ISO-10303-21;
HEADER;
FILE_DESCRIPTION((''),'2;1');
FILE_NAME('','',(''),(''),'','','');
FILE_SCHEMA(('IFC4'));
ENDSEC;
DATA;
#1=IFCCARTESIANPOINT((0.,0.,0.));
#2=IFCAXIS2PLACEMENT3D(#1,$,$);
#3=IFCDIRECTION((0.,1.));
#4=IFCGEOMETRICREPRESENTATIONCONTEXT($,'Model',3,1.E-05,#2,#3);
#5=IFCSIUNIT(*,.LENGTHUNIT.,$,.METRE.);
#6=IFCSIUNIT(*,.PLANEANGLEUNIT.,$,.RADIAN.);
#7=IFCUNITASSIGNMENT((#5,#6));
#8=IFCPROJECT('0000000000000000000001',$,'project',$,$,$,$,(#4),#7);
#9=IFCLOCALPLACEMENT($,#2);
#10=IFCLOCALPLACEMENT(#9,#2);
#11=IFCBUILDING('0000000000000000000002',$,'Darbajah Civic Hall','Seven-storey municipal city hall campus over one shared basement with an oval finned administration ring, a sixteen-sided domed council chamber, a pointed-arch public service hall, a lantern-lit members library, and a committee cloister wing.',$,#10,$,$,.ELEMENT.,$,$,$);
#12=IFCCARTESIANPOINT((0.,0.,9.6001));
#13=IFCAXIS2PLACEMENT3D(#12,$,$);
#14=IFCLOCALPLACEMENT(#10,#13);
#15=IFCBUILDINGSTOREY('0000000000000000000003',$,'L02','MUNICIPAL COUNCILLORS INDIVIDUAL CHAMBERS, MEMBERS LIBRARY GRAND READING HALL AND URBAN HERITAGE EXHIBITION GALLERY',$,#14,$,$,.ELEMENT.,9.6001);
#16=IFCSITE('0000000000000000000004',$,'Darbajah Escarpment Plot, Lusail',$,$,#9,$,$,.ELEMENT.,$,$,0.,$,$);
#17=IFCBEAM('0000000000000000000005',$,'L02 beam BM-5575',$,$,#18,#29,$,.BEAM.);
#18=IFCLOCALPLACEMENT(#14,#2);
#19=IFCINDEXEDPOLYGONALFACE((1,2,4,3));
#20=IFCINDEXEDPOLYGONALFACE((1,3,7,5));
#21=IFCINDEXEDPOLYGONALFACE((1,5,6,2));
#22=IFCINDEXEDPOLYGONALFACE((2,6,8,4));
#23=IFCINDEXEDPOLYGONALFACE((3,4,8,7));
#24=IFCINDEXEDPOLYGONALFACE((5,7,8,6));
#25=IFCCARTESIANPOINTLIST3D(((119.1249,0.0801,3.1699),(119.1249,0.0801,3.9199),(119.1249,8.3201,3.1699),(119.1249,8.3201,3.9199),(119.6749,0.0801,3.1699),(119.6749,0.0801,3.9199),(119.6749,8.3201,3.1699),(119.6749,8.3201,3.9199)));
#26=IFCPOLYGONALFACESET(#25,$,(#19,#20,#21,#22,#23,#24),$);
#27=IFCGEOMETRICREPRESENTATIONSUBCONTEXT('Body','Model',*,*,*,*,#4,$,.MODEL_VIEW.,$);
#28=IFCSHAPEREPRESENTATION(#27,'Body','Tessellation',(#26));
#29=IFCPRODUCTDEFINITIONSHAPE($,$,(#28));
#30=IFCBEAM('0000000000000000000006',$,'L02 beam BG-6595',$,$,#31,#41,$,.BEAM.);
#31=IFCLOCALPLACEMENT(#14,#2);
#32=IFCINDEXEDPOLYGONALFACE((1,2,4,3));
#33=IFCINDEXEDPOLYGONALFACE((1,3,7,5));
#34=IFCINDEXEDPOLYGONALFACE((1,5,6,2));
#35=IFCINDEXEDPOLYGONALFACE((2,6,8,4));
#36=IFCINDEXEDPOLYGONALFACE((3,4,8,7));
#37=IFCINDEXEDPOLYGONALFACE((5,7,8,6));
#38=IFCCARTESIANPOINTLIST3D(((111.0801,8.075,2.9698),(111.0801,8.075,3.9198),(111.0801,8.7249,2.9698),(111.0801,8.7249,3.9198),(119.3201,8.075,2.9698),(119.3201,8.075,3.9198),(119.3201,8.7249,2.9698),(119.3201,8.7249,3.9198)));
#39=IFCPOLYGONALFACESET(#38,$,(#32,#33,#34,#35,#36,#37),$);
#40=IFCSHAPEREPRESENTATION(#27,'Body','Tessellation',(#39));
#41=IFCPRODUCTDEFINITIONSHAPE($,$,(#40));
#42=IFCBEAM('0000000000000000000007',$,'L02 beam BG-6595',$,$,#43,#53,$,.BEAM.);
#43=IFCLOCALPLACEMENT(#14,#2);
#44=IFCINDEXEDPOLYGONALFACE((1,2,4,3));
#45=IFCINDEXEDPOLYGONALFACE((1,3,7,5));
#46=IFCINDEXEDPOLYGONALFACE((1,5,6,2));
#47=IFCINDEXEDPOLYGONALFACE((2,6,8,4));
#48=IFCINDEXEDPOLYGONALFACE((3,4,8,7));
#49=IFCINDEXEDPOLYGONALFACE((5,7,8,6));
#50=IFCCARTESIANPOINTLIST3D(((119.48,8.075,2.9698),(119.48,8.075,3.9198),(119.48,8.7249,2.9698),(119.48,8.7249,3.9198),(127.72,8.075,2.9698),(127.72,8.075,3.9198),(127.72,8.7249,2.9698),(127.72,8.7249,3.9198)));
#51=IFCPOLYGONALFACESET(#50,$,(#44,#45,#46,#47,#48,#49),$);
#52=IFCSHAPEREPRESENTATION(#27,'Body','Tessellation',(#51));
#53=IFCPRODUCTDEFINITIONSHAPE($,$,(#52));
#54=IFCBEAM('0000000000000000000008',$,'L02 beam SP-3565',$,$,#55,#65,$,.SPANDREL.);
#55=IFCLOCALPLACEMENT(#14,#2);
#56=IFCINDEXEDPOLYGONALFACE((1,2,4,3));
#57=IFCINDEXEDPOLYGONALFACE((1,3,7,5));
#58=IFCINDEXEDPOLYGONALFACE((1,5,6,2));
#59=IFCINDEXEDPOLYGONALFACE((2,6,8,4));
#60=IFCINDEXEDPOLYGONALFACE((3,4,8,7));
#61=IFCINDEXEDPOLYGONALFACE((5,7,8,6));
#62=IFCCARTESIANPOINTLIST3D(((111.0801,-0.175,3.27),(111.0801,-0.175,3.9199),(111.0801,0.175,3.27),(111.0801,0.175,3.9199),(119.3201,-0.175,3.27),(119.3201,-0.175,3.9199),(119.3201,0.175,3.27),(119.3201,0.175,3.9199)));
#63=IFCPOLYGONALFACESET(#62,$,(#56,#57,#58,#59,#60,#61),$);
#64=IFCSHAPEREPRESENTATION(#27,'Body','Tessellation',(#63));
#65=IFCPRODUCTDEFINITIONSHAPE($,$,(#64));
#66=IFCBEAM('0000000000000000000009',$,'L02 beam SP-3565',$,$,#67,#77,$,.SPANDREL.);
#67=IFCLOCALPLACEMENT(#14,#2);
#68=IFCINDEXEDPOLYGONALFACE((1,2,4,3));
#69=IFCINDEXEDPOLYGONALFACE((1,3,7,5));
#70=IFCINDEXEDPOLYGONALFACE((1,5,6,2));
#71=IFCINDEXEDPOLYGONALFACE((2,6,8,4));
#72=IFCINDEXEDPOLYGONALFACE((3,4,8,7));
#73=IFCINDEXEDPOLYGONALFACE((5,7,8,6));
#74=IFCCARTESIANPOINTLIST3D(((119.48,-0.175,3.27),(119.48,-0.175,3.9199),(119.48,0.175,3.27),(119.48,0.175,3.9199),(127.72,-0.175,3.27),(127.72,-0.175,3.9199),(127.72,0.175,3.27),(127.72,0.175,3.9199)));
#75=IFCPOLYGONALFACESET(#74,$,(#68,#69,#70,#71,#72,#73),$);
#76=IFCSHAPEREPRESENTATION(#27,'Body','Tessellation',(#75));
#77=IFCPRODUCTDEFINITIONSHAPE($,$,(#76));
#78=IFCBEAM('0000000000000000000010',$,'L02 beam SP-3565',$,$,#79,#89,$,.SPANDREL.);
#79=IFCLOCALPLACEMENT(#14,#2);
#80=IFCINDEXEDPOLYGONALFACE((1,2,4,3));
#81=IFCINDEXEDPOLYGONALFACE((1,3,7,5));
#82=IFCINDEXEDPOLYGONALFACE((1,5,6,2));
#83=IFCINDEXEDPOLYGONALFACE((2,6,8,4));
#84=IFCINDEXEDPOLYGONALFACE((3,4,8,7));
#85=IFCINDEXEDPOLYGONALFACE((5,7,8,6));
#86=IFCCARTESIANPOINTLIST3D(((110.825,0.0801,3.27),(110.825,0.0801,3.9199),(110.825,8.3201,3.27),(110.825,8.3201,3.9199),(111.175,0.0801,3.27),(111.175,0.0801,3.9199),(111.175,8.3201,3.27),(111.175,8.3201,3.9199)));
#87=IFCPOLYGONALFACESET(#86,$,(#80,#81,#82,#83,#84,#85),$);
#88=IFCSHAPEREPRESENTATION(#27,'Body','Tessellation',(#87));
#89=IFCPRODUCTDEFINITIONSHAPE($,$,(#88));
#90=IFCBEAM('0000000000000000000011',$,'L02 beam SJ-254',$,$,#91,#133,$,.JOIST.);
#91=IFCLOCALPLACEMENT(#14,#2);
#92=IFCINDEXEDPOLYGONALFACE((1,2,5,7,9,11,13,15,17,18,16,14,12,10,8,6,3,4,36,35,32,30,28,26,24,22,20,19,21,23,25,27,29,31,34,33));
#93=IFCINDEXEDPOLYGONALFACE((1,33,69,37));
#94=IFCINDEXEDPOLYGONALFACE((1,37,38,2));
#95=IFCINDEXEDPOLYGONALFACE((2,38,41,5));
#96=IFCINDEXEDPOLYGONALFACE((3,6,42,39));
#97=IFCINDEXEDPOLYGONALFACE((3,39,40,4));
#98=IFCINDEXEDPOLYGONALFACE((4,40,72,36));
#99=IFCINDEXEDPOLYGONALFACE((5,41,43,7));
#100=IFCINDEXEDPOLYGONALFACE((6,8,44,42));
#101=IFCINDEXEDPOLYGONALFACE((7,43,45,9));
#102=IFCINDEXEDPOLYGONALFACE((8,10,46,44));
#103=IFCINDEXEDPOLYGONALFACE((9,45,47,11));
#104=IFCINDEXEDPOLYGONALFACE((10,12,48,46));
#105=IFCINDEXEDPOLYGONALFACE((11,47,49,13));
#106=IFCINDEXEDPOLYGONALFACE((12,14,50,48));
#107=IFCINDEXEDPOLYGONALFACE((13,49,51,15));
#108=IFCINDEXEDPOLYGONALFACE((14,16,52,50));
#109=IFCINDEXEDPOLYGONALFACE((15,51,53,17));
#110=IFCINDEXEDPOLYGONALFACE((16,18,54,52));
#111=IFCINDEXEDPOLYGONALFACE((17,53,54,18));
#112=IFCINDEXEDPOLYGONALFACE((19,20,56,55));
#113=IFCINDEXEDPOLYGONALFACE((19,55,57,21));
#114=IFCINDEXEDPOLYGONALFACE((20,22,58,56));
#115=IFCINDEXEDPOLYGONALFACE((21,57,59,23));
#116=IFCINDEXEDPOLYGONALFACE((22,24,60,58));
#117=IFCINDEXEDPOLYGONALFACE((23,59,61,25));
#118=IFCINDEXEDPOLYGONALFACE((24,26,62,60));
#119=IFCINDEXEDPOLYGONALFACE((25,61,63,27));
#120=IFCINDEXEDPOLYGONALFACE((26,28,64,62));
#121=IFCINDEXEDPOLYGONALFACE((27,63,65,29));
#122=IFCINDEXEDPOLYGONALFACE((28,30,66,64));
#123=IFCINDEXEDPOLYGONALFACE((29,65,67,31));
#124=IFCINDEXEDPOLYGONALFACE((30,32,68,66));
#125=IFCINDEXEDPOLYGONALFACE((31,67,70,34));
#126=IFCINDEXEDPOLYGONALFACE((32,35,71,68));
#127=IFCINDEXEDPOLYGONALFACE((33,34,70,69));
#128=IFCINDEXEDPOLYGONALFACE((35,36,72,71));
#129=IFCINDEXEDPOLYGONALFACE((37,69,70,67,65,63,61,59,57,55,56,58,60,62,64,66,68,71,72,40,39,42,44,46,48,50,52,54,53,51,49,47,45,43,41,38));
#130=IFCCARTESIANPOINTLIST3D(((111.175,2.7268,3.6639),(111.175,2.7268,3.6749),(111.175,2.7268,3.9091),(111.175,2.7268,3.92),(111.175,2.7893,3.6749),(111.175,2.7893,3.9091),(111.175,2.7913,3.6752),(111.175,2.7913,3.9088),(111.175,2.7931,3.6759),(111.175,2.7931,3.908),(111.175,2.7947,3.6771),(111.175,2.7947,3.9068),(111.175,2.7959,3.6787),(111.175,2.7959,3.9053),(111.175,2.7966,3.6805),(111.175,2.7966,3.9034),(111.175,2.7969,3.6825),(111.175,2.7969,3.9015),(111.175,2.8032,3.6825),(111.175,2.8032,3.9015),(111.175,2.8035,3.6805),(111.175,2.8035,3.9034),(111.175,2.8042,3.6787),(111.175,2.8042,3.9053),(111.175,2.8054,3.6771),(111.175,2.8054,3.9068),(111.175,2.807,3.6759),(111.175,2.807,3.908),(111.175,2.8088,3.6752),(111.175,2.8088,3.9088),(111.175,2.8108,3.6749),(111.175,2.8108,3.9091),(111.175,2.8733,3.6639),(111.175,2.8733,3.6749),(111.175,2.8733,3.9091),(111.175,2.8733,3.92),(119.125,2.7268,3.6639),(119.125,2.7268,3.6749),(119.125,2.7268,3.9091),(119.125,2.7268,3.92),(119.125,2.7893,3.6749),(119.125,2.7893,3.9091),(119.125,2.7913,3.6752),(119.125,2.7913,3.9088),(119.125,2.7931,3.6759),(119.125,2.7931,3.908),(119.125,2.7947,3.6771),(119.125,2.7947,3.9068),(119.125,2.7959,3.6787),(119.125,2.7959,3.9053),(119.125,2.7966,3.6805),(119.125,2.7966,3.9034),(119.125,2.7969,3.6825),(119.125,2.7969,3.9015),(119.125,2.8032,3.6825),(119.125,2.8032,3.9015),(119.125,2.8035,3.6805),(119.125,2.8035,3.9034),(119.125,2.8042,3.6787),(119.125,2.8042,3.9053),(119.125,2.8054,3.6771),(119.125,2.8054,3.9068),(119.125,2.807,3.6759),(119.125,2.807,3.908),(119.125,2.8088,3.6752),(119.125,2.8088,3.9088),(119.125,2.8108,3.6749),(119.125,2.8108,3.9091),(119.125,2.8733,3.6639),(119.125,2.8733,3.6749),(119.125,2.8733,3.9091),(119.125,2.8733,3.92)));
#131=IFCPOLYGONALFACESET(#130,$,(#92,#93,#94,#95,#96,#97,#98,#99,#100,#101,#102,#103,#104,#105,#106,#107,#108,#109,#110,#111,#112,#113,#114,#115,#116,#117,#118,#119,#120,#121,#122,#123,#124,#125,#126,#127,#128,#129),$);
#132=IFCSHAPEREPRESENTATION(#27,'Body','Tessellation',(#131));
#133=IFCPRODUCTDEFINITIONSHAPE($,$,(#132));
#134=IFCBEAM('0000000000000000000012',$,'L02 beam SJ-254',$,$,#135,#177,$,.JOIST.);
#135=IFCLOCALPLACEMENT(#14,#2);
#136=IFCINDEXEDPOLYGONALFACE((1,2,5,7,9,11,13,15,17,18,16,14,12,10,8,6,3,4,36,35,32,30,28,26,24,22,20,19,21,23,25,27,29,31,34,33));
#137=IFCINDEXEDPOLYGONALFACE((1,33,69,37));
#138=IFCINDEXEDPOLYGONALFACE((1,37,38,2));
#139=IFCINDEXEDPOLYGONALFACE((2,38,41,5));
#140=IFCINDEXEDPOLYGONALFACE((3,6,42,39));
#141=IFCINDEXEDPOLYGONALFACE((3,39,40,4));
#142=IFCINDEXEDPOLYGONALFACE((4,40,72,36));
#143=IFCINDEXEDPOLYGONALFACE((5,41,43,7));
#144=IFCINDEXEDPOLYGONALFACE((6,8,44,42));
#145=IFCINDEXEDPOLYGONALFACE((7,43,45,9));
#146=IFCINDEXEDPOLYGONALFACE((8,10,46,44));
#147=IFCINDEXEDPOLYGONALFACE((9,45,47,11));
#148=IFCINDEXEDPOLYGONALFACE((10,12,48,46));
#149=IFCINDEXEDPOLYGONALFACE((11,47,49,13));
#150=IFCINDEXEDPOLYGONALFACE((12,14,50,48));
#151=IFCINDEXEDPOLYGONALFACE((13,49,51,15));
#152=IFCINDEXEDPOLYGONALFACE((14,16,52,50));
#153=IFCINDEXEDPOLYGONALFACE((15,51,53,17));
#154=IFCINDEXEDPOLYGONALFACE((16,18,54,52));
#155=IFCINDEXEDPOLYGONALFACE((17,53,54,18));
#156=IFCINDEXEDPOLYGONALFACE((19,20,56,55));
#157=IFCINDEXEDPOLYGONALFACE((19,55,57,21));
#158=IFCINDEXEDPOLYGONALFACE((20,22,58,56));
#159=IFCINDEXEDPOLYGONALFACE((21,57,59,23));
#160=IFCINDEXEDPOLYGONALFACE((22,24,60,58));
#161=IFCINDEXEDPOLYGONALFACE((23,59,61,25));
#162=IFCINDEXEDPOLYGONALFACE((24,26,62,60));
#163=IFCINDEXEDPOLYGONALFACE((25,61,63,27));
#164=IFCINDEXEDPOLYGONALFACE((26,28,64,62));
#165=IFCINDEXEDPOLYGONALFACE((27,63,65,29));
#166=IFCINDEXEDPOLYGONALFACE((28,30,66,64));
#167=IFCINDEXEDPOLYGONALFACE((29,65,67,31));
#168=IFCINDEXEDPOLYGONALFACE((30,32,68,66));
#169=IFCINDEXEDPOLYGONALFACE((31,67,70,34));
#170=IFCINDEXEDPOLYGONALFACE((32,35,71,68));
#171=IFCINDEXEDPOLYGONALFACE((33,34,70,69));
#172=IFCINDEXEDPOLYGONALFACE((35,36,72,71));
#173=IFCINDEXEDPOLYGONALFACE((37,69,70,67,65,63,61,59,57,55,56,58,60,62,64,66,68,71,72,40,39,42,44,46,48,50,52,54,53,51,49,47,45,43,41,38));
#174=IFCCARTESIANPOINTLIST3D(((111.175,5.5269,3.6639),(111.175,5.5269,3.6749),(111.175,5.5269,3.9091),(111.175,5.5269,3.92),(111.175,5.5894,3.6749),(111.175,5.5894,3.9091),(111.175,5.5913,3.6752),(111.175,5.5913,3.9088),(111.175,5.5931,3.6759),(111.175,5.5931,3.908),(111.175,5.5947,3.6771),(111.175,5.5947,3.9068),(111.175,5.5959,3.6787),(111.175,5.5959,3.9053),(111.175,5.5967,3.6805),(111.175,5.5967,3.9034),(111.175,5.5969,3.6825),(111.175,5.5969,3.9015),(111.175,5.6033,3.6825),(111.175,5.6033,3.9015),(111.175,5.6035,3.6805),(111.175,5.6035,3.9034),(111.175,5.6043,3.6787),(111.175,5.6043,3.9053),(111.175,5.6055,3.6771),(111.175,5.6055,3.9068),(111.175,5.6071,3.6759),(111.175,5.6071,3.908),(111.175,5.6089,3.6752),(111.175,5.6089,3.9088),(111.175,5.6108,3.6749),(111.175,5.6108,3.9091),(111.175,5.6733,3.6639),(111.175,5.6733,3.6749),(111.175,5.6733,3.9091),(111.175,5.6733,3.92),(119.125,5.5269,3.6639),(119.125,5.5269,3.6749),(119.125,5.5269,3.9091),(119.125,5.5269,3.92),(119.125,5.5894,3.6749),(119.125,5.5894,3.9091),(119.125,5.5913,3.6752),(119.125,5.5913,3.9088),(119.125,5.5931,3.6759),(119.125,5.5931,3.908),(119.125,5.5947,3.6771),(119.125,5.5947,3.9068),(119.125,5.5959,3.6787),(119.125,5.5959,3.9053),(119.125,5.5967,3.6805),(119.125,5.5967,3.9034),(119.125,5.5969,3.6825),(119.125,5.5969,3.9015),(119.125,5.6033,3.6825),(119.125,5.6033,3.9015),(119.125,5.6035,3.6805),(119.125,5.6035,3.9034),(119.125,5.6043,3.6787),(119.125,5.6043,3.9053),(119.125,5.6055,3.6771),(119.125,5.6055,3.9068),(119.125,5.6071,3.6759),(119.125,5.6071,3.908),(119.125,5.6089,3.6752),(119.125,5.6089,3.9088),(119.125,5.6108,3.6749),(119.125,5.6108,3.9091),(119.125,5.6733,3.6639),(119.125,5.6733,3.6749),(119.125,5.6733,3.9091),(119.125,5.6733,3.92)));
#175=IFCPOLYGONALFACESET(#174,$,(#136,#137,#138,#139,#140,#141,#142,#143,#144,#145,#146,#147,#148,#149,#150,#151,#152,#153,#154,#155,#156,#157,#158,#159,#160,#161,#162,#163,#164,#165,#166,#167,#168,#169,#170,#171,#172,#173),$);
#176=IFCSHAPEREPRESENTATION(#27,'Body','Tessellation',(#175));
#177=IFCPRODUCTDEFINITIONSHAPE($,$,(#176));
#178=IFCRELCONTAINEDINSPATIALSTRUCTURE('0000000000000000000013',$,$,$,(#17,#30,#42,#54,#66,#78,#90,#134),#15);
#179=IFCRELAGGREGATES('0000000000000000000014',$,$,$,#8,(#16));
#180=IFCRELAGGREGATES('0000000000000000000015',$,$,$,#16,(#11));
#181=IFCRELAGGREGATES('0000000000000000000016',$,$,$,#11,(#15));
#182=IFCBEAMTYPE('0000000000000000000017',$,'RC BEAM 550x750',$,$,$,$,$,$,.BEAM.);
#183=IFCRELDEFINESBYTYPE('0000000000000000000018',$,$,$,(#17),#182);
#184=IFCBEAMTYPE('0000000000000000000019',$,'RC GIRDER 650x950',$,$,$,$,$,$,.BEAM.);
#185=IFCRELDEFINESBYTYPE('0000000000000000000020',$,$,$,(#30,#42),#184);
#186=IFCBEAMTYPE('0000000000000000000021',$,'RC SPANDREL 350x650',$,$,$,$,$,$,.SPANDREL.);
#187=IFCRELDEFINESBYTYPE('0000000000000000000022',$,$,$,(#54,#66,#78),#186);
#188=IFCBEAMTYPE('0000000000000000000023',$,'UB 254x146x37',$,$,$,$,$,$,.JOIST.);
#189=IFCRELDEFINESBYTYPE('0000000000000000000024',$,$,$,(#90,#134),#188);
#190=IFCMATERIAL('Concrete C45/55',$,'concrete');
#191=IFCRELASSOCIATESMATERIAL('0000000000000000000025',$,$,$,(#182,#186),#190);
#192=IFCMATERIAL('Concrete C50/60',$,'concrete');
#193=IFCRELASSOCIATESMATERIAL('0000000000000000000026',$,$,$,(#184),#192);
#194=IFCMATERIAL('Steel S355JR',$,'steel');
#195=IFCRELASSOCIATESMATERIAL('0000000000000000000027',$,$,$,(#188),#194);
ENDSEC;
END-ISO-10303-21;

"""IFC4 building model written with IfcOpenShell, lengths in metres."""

from ifc_helpers import new_model, si_unit, direction, frame, origin, origin_2d, place, context, subcontext, project, spatial, rectangle, i_section, extrude, material, material_profile, profile_set, type_object, element, save


model = new_model("IFC4")

# Units and contexts
model_context = context("Model", 3, precision=1e-05, world=origin(), true_north=direction((0.0, 1.0)))
body_context = subcontext(model_context, "Body", "Model", "MODEL_VIEW")
ifc_project = project(units=[si_unit("LENGTHUNIT", "METRE"), si_unit("PLANEANGLEUNIT", "RADIAN")], contexts=[model_context])

# Site, building, storey
site_placement = place(None, origin())
site = spatial("IfcSite", under=ifc_project, at=site_placement, Name="Darbajah Escarpment Plot, Lusail", CompositionType="ELEMENT", RefElevation=0.0)
building_placement = place(site_placement, origin())
building = spatial("IfcBuilding", under=site, at=building_placement, Name="Darbajah Civic Hall", Description="Seven-storey municipal city hall campus over one shared basement with an oval finned administration ring, a sixteen-sided domed council chamber, a pointed-arch public service hall, a lantern-lit members library, and a committee cloister wing.", CompositionType="ELEMENT")
storey_placement = place(building_placement, frame((0.0, 0.0, 9.6001)))
storey = spatial("IfcBuildingStorey", under=building, at=storey_placement, Name="L02", Description="MUNICIPAL COUNCILLORS INDIVIDUAL CHAMBERS, MEMBERS LIBRARY GRAND READING HALL AND URBAN HERITAGE EXHIBITION GALLERY", CompositionType="ELEMENT", Elevation=9.6001)

# Shared definitions
ifc_material_1 = material(Name="Concrete C45/55", Category="concrete")
ifc_material_2 = material(Name="Steel S355JR", Category="steel")

# Beams
ifc_material_profile_1 = material_profile(ifc_material_1, rectangle(XDim=0.55, YDim=0.75, at=origin_2d()), Name="RC BEAM 550x750")
ifc_profile_set_1 = profile_set([ifc_material_profile_1], Name="Concrete C45/55")
beam_type_1 = type_object("IfcBeamType", Name="RC BEAM 550x750", PredefinedType="BEAM", material=ifc_profile_set_1)
beam_placement = place(storey_placement, frame((119.3999, 0.0801, 3.5449), z_axis=(0.0, 1.0, 0.0), x_axis=(-1.0, 0.0, 0.0)))
element("IfcBeam", 1, at=beam_placement, inside=storey, type_object=beam_type_1, Name="L02 beam BM-5575", PredefinedType="BEAM", context=body_context, shape_type="SweptSolid", body=[
    extrude(rectangle(XDim=0.55, YDim=0.75, at=origin_2d()), origin(), (0.0, 0.0, 1.0), 8.24),
])
ifc_material_3 = material(Name="Concrete C50/60", Category="concrete")
ifc_material_profile_2 = material_profile(ifc_material_3, rectangle(XDim=0.6499, YDim=0.95, at=origin_2d()), Name="RC GIRDER 650x950")
ifc_profile_set_2 = profile_set([ifc_material_profile_2], Name="Concrete C50/60")
beam_type_2 = type_object("IfcBeamType", Name="RC GIRDER 650x950", PredefinedType="BEAM", material=ifc_profile_set_2)
for number, where, z_axis, x_axis, name in (
    (2, (111.0801, 8.3999, 3.4448), (1.0, 0.0, 0.0), (0.0, 1.0, 0.0), "L02 beam BG-6595"),
    (3, (119.48, 8.3999, 3.4448), (1.0, 0.0, 0.0), (0.0, 1.0, 0.0), "L02 beam BG-6595"),
):
    element("IfcBeam", number, at=place(storey_placement, frame(where, z_axis=z_axis, x_axis=x_axis)), inside=storey, type_object=beam_type_2, Name=name, PredefinedType="BEAM", context=body_context, shape_type="SweptSolid", body=[
        extrude(rectangle(XDim=0.6499, YDim=0.95, at=origin_2d()), origin(), (0.0, 0.0, 1.0), 8.24),
    ])
ifc_material_profile_3 = material_profile(ifc_material_1, rectangle(XDim=0.3501, YDim=0.6499, at=origin_2d()), Name="RC SPANDREL 350x650")
ifc_profile_set_3 = profile_set([ifc_material_profile_3], Name="Concrete C45/55")
beam_type_3 = type_object("IfcBeamType", Name="RC SPANDREL 350x650", PredefinedType="SPANDREL", material=ifc_profile_set_3)
for number, where, z_axis, x_axis, name in (
    (4, (111.0801, 0.0, 3.595), (1.0, 0.0, 0.0), (0.0, 1.0, 0.0), "L02 beam SP-3565"),
    (5, (119.48, 0.0, 3.595), (1.0, 0.0, 0.0), (0.0, 1.0, 0.0), "L02 beam SP-3565"),
    (6, (111.0, 0.0801, 3.595), (0.0, 1.0, 0.0), (-1.0, 0.0, 0.0), "L02 beam SP-3565"),
):
    element("IfcBeam", number, at=place(storey_placement, frame(where, z_axis=z_axis, x_axis=x_axis)), inside=storey, type_object=beam_type_3, Name=name, PredefinedType="SPANDREL", context=body_context, shape_type="SweptSolid", body=[
        extrude(rectangle(XDim=0.3501, YDim=0.6499, at=origin_2d()), origin(), (0.0, 0.0, 1.0), 8.24),
    ])
ifc_material_profile_4 = material_profile(ifc_material_2, i_section(OverallWidth=0.1465, OverallDepth=0.2561, WebThickness=0.0063, FlangeThickness=0.011, FilletRadius=0.0076, at=origin_2d()), Name="UB 254x146x37")
ifc_profile_set_4 = profile_set([ifc_material_profile_4], Name="Steel S355JR")
beam_type_4 = type_object("IfcBeamType", Name="UB 254x146x37", PredefinedType="JOIST", material=ifc_profile_set_4)
for number, where, z_axis, x_axis, name in (
    (7, (111.175, 2.8, 3.792), (1.0, 0.0, 0.0), (0.0, 1.0, 0.0), "L02 beam SJ-254"),
    (8, (111.175, 5.6001, 3.792), (1.0, 0.0, 0.0), (0.0, 1.0, 0.0), "L02 beam SJ-254"),
):
    element("IfcBeam", number, at=place(storey_placement, frame(where, z_axis=z_axis, x_axis=x_axis)), inside=storey, type_object=beam_type_4, Name=name, PredefinedType="JOIST", context=body_context, shape_type="SweptSolid", body=[
        extrude(i_section(OverallWidth=0.1465, OverallDepth=0.2561, WebThickness=0.0063, FlangeThickness=0.011, FilletRadius=0.0076, at=origin_2d()), origin(), (0.0, 0.0, 1.0), 7.95),
    ])

save(model, "model.ifc")
